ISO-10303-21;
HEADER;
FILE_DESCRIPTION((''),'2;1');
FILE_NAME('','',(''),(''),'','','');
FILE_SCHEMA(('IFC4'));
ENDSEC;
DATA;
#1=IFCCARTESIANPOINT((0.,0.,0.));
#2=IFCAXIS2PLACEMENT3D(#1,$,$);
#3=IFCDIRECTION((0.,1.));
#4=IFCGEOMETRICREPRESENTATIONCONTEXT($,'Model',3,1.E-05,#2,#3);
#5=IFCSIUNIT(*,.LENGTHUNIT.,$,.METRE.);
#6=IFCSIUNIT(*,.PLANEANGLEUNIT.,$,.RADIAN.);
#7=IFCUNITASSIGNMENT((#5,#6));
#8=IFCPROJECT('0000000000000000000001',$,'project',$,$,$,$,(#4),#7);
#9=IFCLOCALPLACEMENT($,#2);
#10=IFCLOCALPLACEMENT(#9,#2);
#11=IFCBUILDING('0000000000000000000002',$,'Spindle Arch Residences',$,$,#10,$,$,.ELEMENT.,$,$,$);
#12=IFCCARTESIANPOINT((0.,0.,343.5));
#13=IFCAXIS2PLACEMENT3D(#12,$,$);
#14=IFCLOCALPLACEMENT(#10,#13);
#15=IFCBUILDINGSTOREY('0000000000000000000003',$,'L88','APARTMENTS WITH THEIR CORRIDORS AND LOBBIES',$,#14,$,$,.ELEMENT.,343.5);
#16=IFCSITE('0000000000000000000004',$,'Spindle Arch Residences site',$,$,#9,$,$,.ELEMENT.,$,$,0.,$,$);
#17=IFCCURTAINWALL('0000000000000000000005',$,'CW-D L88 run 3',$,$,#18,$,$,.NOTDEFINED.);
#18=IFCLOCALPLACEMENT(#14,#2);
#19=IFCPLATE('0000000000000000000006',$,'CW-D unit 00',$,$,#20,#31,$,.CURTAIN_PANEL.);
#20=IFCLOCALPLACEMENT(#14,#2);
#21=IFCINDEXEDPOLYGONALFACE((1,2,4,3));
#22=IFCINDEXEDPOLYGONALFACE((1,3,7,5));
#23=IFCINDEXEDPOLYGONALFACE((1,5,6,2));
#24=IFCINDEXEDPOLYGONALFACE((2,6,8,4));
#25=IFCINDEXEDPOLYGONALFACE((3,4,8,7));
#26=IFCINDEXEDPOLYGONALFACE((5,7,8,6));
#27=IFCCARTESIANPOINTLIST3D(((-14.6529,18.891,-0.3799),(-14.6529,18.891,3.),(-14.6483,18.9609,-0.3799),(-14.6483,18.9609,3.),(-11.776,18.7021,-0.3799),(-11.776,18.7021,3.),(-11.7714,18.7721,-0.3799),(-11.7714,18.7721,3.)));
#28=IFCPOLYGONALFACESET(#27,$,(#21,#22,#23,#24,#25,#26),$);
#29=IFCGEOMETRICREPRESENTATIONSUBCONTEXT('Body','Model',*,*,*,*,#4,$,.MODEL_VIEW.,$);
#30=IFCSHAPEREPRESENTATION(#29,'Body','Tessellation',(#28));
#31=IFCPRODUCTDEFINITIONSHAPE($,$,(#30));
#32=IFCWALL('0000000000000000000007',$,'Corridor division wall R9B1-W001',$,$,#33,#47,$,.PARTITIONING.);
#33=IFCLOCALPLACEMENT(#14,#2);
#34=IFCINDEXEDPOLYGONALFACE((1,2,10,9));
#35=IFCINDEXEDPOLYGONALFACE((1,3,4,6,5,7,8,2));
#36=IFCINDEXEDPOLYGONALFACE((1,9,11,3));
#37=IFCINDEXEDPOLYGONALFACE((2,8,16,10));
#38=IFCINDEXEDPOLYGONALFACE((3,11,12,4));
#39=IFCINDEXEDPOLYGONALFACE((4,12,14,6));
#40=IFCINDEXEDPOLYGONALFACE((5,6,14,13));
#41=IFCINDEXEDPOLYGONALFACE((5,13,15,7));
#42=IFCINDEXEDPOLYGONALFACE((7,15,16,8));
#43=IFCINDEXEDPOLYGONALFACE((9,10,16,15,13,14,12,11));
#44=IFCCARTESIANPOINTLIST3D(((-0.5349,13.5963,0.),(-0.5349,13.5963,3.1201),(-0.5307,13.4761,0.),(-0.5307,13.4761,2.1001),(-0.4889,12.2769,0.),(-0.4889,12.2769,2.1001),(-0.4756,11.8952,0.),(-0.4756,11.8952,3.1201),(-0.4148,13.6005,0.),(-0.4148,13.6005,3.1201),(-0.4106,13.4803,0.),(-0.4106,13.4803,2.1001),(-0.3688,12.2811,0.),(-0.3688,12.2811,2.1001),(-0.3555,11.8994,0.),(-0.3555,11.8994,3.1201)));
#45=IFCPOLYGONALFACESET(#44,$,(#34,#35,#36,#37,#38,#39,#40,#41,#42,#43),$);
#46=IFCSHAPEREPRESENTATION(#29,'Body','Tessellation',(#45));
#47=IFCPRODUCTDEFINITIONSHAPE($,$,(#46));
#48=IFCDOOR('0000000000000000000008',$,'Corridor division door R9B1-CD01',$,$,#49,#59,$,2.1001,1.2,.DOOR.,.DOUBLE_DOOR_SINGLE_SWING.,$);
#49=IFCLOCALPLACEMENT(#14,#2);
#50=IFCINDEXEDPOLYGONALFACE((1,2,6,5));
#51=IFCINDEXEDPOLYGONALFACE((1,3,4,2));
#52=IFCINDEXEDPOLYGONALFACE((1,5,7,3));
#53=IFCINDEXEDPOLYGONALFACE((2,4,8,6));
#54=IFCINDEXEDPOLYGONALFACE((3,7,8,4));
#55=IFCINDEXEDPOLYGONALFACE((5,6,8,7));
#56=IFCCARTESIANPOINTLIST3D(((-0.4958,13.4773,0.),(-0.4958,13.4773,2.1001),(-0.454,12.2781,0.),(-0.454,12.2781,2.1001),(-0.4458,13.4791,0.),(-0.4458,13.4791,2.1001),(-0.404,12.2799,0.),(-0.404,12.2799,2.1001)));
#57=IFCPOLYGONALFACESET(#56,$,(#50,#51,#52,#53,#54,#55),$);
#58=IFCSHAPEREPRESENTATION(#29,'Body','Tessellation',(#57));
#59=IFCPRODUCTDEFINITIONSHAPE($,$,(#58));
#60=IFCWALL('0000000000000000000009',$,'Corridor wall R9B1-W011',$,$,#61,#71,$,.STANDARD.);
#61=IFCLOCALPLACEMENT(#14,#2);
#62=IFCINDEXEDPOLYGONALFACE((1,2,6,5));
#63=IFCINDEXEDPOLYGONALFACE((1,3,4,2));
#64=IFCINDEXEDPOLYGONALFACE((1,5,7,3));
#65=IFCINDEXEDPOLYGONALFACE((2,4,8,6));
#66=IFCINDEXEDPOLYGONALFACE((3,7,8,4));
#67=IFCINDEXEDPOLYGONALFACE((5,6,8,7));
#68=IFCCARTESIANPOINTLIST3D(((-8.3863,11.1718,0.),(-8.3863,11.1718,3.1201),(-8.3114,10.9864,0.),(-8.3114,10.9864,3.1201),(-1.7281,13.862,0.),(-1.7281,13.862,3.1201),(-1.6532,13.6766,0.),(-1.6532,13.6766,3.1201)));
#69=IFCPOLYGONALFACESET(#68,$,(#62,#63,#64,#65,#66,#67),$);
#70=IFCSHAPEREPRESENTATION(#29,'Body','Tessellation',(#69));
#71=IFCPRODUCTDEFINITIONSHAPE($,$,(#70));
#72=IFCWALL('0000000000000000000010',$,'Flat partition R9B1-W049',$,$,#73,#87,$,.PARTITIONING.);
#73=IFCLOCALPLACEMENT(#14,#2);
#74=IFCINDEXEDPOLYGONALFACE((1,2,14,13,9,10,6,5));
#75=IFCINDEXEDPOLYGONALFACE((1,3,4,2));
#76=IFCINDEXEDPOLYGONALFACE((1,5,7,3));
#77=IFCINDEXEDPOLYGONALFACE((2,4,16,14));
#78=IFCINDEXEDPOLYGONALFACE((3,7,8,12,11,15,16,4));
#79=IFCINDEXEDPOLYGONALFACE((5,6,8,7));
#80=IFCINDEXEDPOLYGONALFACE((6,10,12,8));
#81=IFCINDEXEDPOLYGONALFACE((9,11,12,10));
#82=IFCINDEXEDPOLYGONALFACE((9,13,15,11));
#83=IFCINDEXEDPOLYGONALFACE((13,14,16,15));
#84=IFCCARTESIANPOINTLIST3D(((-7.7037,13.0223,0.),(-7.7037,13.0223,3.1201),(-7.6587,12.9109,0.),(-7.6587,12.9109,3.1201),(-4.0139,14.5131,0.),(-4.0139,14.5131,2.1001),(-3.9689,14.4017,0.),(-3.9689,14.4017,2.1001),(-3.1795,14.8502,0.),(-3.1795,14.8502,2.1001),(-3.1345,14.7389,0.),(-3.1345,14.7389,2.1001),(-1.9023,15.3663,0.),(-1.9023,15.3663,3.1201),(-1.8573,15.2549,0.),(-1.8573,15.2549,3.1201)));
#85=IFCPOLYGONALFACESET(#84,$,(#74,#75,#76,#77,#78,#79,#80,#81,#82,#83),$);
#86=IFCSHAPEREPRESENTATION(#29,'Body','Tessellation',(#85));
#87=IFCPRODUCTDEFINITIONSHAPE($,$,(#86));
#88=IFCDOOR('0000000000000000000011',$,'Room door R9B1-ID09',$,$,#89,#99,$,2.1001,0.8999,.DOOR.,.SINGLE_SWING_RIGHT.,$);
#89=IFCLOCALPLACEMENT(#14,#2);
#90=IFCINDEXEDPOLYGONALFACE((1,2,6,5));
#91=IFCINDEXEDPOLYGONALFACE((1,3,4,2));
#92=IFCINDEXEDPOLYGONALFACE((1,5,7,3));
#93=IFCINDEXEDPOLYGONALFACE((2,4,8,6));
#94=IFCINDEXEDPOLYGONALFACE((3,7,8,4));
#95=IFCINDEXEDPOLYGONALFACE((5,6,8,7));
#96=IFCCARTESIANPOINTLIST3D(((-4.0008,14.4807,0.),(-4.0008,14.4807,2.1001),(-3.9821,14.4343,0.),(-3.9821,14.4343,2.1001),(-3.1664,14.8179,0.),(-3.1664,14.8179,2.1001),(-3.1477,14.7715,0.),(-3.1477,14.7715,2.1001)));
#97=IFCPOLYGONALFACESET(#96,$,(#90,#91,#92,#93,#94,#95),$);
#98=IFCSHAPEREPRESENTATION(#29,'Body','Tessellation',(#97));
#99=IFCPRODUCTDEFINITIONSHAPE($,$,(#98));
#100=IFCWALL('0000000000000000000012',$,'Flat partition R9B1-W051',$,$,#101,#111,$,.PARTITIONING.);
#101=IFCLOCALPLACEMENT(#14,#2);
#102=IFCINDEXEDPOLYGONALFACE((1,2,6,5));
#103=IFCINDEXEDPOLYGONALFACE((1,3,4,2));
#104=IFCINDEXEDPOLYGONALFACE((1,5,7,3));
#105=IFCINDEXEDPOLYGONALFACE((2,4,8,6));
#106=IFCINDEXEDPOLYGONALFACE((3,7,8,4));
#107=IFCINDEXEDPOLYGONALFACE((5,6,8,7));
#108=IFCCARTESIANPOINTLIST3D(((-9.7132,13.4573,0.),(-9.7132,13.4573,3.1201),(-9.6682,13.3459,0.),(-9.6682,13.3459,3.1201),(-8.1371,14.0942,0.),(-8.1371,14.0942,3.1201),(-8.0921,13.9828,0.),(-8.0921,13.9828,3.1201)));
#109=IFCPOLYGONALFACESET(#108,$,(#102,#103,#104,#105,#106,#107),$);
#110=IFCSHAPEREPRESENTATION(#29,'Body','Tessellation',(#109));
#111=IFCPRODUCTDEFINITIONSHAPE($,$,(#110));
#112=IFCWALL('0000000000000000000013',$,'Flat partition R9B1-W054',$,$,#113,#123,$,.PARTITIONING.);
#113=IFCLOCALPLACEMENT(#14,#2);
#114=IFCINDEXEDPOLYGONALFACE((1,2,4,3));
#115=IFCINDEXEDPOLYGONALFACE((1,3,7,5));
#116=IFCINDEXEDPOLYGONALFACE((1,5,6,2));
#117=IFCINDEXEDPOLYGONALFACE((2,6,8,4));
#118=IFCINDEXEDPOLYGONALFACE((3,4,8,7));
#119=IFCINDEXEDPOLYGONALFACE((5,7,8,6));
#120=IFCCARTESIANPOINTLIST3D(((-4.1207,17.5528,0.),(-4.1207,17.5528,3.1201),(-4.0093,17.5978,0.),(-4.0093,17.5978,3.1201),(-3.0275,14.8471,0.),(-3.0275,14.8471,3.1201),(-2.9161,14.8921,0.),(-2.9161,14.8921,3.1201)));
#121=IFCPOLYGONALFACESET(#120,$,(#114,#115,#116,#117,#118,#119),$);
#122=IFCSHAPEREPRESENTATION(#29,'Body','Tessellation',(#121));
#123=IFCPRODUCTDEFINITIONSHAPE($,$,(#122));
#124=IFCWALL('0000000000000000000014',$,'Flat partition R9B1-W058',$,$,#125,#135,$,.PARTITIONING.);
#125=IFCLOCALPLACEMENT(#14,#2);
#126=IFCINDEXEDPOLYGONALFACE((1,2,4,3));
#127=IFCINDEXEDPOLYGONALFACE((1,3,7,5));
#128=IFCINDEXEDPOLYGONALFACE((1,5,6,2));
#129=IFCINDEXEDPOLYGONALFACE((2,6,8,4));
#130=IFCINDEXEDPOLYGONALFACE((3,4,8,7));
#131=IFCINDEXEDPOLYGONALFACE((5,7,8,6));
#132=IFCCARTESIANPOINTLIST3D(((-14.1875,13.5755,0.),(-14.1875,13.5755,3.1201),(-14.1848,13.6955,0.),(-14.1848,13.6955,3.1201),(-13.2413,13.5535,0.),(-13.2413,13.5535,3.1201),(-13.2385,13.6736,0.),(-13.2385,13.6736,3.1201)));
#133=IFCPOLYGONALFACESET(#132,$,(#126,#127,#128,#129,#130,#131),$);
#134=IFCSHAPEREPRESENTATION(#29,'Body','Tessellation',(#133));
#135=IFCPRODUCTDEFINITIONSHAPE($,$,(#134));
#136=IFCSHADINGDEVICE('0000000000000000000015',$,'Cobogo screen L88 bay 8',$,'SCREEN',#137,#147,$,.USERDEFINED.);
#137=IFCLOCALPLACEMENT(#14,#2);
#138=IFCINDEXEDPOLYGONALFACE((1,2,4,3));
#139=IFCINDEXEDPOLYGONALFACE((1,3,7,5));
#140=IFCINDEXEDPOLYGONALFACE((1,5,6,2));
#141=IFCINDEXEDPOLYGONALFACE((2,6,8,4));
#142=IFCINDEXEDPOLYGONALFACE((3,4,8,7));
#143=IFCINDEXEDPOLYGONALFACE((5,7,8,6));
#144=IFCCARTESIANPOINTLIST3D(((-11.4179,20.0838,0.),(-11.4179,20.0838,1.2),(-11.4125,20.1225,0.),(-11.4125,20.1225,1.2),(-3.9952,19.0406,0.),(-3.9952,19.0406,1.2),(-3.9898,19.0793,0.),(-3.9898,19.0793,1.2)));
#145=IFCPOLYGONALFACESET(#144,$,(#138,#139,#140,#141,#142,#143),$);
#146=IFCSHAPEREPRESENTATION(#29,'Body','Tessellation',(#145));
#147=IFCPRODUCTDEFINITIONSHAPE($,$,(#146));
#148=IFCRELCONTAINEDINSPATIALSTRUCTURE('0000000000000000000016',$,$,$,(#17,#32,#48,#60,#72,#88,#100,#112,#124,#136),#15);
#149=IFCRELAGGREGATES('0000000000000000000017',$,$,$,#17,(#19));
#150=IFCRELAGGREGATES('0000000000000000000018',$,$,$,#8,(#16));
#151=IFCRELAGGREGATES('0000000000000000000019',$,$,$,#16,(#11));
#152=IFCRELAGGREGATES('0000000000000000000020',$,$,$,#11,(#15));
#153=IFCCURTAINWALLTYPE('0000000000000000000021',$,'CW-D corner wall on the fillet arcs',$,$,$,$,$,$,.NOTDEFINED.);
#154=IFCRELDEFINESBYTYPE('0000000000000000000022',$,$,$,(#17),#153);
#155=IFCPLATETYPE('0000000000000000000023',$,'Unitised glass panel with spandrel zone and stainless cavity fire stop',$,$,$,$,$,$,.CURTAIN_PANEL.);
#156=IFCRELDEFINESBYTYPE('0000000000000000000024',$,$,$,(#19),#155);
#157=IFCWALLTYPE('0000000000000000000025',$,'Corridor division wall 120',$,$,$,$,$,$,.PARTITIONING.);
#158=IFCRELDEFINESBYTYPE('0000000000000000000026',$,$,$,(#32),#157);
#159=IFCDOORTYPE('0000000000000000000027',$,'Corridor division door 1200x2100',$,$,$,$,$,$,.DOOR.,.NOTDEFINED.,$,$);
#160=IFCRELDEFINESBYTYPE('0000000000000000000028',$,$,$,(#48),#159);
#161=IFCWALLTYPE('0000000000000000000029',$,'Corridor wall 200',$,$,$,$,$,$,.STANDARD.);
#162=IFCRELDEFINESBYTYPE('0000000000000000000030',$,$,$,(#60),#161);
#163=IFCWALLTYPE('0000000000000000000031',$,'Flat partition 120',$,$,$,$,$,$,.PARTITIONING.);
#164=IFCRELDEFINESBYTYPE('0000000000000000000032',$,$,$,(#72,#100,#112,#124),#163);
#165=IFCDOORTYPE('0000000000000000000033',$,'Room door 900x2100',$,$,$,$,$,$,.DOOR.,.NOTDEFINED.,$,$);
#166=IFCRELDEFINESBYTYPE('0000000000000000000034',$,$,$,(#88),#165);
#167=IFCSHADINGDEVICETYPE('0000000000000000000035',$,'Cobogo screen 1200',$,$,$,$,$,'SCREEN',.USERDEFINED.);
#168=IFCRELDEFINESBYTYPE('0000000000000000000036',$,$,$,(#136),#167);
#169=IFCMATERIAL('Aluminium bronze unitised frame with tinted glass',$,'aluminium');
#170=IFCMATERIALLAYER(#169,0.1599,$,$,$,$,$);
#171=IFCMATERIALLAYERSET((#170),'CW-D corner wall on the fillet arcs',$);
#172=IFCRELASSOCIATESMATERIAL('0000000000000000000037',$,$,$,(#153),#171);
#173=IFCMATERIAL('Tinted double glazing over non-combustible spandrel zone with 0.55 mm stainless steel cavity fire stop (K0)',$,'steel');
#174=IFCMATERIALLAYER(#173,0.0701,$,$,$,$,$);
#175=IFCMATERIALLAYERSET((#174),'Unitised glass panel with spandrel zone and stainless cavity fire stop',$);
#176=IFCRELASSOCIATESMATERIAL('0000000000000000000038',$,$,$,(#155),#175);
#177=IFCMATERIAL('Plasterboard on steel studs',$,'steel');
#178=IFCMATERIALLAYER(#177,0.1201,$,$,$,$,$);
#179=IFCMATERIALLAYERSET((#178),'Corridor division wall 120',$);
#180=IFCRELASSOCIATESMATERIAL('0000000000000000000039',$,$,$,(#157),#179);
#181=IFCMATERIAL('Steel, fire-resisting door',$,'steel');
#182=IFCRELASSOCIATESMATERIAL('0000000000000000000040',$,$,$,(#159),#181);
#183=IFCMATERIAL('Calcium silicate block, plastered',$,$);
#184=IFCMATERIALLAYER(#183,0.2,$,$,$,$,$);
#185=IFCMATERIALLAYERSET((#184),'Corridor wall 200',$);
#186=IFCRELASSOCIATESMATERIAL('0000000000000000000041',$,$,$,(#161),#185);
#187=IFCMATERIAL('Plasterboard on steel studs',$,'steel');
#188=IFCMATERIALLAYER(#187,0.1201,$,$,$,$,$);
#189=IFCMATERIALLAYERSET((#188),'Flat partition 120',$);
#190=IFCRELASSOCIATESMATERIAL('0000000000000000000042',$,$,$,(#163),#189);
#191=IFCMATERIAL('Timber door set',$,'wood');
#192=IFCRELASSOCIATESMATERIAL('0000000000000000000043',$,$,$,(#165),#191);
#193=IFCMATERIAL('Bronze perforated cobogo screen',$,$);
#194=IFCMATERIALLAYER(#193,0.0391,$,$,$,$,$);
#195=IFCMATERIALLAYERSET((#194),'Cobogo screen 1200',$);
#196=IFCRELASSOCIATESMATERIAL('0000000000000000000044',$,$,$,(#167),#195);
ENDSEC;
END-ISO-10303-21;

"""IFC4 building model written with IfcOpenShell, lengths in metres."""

from ifc_helpers import new_model, si_unit, direction, frame, frame_2d, origin, origin_2d, place, context, subcontext, project, spatial, rectangle, extrude, material, layer, layer_set, type_object, element, fill, aggregate, save


model = new_model("IFC4")

# Units and contexts
model_context = context("Model", 3, precision=1e-05, world=origin(), true_north=direction((0.0, 1.0)))
body_context = subcontext(model_context, "Body", "Model", "MODEL_VIEW")
ifc_project = project(units=[si_unit("LENGTHUNIT", "METRE"), si_unit("PLANEANGLEUNIT", "RADIAN")], contexts=[model_context])

# Site, building, storey
site_placement = place(None, origin())
site = spatial("IfcSite", under=ifc_project, at=site_placement, Name="Spindle Arch Residences site", CompositionType="ELEMENT", RefElevation=0.0)
building_placement = place(site_placement, origin())
building = spatial("IfcBuilding", under=site, at=building_placement, Name="Spindle Arch Residences", CompositionType="ELEMENT")
storey_placement = place(building_placement, frame((0.0, 0.0, 343.5)))
storey = spatial("IfcBuildingStorey", under=building, at=storey_placement, Name="L88", Description="APARTMENTS WITH THEIR CORRIDORS AND LOBBIES", CompositionType="ELEMENT", Elevation=343.5)

# Curtain wall
ifc_material_1 = material(Name="Aluminium bronze unitised frame with tinted glass", Category="aluminium")
ifc_layer_1 = layer(ifc_material_1, 0.1599)
ifc_layer_set_1 = layer_set([ifc_layer_1], Name="CW-D corner wall on the fillet arcs")
curtain_wall_type_1 = type_object("IfcCurtainWallType", Name="CW-D corner wall on the fillet arcs", PredefinedType="NOTDEFINED", material=ifc_layer_set_1)
curtain_wall_1_placement = place(storey_placement, origin())
curtain_wall_1 = element("IfcCurtainWall", 1, at=curtain_wall_1_placement, inside=storey, type_object=curtain_wall_type_1, Name="CW-D L88 run 3", PredefinedType="NOTDEFINED")

# Plate
ifc_material_2 = material(Name="Tinted double glazing over non-combustible spandrel zone with 0.55 mm stainless steel cavity fire stop (K0)", Category="steel")
ifc_layer_2 = layer(ifc_material_2, 0.0701)
ifc_layer_set_2 = layer_set([ifc_layer_2], Name="Unitised glass panel with spandrel zone and stainless cavity fire stop")
plate_type = type_object("IfcPlateType", Name="Unitised glass panel with spandrel zone and stainless cavity fire stop", PredefinedType="CURTAIN_PANEL", material=ifc_layer_set_2)
plate_1_placement = place(storey_placement, frame((-13.2122, 18.8315, -0.3799), z_axis=(0.0, 0.0, 1.0), x_axis=(-0.997852, 0.06551, 0.0)))
plate_1 = element("IfcPlate", 2, at=plate_1_placement, type_object=plate_type, Name="CW-D unit 00", PredefinedType="CURTAIN_PANEL", context=body_context, shape_type="SweptSolid", body=[
    extrude(rectangle(XDim=2.8831, YDim=0.0701, at=origin_2d()), origin(), (0.0, 0.0, 1.0), 3.3799),
])
aggregate(curtain_wall_1, [plate_1])

# Wall, opening, door
ifc_material_3 = material(Name="Plasterboard on steel studs", Category="steel")
ifc_layer_3 = layer(ifc_material_3, 0.1201)
ifc_layer_set_3 = layer_set([ifc_layer_3], Name="Corridor division wall 120")
wall_type_1 = type_object("IfcWallType", Name="Corridor division wall 120", PredefinedType="PARTITIONING", material=ifc_layer_set_3)
wall_1_placement = place(storey_placement, frame((-0.4749, 13.5984, 0.0), z_axis=(0.0, 0.0, 1.0), x_axis=(0.034853, -0.999392, 0.0)))
wall_1 = element("IfcWall", 3, at=wall_1_placement, inside=storey, type_object=wall_type_1, Name="Corridor division wall R9B1-W001", PredefinedType="PARTITIONING", context=body_context, shape_type="SweptSolid", body=[
    extrude(rectangle(XDim=1.7021, YDim=0.1201, at=frame_2d((0.8511, 0.0))), origin(), (0.0, 0.0, 1.0), 3.1201),
])
opening_1_placement = place(wall_1_placement, frame((0.1201, 0.0, 0.0)))
opening_1 = element("IfcOpeningElement", 4, at=opening_1_placement, cuts=wall_1, PredefinedType="OPENING", context=body_context, shape_type="SweptSolid", body=[
    extrude(rectangle(XDim=1.2, YDim=2.1001, at=frame_2d((0.6001, 1.05))), frame((0.0, 0.0701, 0.0), z_axis=(0.0, -1.0, 0.0), x_axis=(1.0, 0.0, 0.0)), (0.0, 0.0, 1.0), 0.1401),
])
ifc_material_4 = material(Name="Steel, fire-resisting door", Category="steel")
door_type_1 = type_object("IfcDoorType", Name="Corridor division door 1200x2100", OperationType="NOTDEFINED", PredefinedType="DOOR", material=ifc_material_4)
door_1_placement = place(opening_1_placement, origin())
door_1 = element("IfcDoor", 5, at=door_1_placement, inside=storey, type_object=door_type_1, Name="Corridor division door R9B1-CD01", OperationType="DOUBLE_DOOR_SINGLE_SWING", OverallHeight=2.1001, OverallWidth=1.2, PredefinedType="DOOR", context=body_context, shape_type="SweptSolid", body=[
    extrude(rectangle(XDim=1.2, YDim=2.1001, at=frame_2d((0.6001, 1.05))), frame((0.0, 0.0249, 0.0), z_axis=(0.0, -1.0, 0.0), x_axis=(1.0, 0.0, 0.0)), (0.0, 0.0, 1.0), 0.05),
])
fill(opening_1, door_1)

# Wall
ifc_material_5 = material(Name="Calcium silicate block, plastered")
ifc_layer_4 = layer(ifc_material_5, 0.2)
ifc_layer_set_4 = layer_set([ifc_layer_4], Name="Corridor wall 200")
wall_type_2 = type_object("IfcWallType", Name="Corridor wall 200", PredefinedType="STANDARD", material=ifc_layer_set_4)
wall_2_placement = place(storey_placement, frame((-1.6907, 13.7693, 0.0), z_axis=(0.0, 0.0, 1.0), x_axis=(-0.927179, -0.374618, 0.0)))
element("IfcWall", 6, at=wall_2_placement, inside=storey, type_object=wall_type_2, Name="Corridor wall R9B1-W011", PredefinedType="STANDARD", context=body_context, shape_type="SweptSolid", body=[
    extrude(rectangle(XDim=7.1812, YDim=0.2, at=frame_2d((3.5906, 0.0))), origin(), (0.0, 0.0, 1.0), 3.1201),
])

# Wall, opening, door
ifc_material_6 = material(Name="Plasterboard on steel studs", Category="steel")
ifc_layer_5 = layer(ifc_material_6, 0.1201)
ifc_layer_set_5 = layer_set([ifc_layer_5], Name="Flat partition 120")
wall_type_3 = type_object("IfcWallType", Name="Flat partition 120", PredefinedType="PARTITIONING", material=ifc_layer_set_5)
wall_3_placement = place(storey_placement, frame((-1.8799, 15.3105, 0.0), z_axis=(0.0, 0.0, 1.0), x_axis=(-0.927182, -0.374611, 0.0)))
wall_3 = element("IfcWall", 7, at=wall_3_placement, inside=storey, type_object=wall_type_3, Name="Flat partition R9B1-W049", PredefinedType="PARTITIONING", context=body_context, shape_type="SweptSolid", body=[
    extrude(rectangle(XDim=6.2571, YDim=0.1201, at=frame_2d((3.1284, 0.0))), origin(), (0.0, 0.0, 1.0), 3.1201),
])
opening_2_placement = place(wall_3_placement, frame((1.3774, 0.0, 0.0)))
opening_2 = element("IfcOpeningElement", 8, at=opening_2_placement, cuts=wall_3, PredefinedType="OPENING", context=body_context, shape_type="SweptSolid", body=[
    extrude(rectangle(XDim=0.8999, YDim=2.1001, at=frame_2d((0.45, 1.05))), frame((0.0, 0.0701, 0.0), z_axis=(0.0, -1.0, 0.0), x_axis=(1.0, 0.0, 0.0)), (0.0, 0.0, 1.0), 0.1401),
])
ifc_material_7 = material(Name="Timber door set", Category="wood")
door_type_2 = type_object("IfcDoorType", Name="Room door 900x2100", OperationType="NOTDEFINED", PredefinedType="DOOR", material=ifc_material_7)
door_2_placement = place(opening_2_placement, origin())
door_2 = element("IfcDoor", 9, at=door_2_placement, inside=storey, type_object=door_type_2, Name="Room door R9B1-ID09", OperationType="SINGLE_SWING_RIGHT", OverallHeight=2.1001, OverallWidth=0.8999, PredefinedType="DOOR", context=body_context, shape_type="SweptSolid", body=[
    extrude(rectangle(XDim=0.8999, YDim=2.1001, at=frame_2d((0.45, 1.05))), frame((0.0, 0.0249, 0.0), z_axis=(0.0, -1.0, 0.0), x_axis=(1.0, 0.0, 0.0)), (0.0, 0.0, 1.0), 0.05),
])
fill(opening_2, door_2)

# Walls
wall_4_placement = place(storey_placement, frame((-8.1145, 14.0386, 0.0), z_axis=(0.0, 0.0, 1.0), x_axis=(-0.927154, -0.374681, 0.0)))
element("IfcWall", 10, at=wall_4_placement, inside=storey, type_object=wall_type_3, Name="Flat partition R9B1-W051", PredefinedType="PARTITIONING", context=body_context, shape_type="SweptSolid", body=[
    extrude(rectangle(XDim=1.7, YDim=0.1201, at=frame_2d((0.8501, 0.0))), origin(), (0.0, 0.0, 1.0), 3.1201),
])
wall_5_placement = place(storey_placement, frame((-4.0649, 17.5752, 0.0), z_axis=(0.0, 0.0, 1.0), x_axis=(0.374619, -0.927179, 0.0)))
element("IfcWall", 11, at=wall_5_placement, inside=storey, type_object=wall_type_3, Name="Flat partition R9B1-W054", PredefinedType="PARTITIONING", context=body_context, shape_type="SweptSolid", body=[
    extrude(rectangle(XDim=2.9182, YDim=0.1201, at=frame_2d((1.459, 0.0))), origin(), (0.0, 0.0, 1.0), 3.1201),
])
wall_6_placement = place(storey_placement, frame((-13.24, 13.6135, 0.0), z_axis=(0.0, 0.0, 1.0), x_axis=(-0.999731, 0.023214, 0.0)))
element("IfcWall", 12, at=wall_6_placement, inside=storey, type_object=wall_type_3, Name="Flat partition R9B1-W058", PredefinedType="PARTITIONING", context=body_context, shape_type="SweptSolid", body=[
    extrude(rectangle(XDim=0.9465, YDim=0.1201, at=frame_2d((0.4731, 0.0))), origin(), (0.0, 0.0, 1.0), 3.1201),
])

# Shading device
ifc_material_8 = material(Name="Bronze perforated cobogo screen")
ifc_layer_6 = layer(ifc_material_8, 0.0391)
ifc_layer_set_6 = layer_set([ifc_layer_6], Name="Cobogo screen 1200")
shading_device_type = type_object("IfcShadingDeviceType", Name="Cobogo screen 1200", ElementType="SCREEN", PredefinedType="USERDEFINED", material=ifc_layer_set_6)
shading_device_placement = place(storey_placement, frame((-7.7039, 19.5815, 0.0), z_axis=(0.0, 0.0, 1.0), x_axis=(-0.990268, 0.139173, 0.0)))
element("IfcShadingDevice", 13, at=shading_device_placement, inside=storey, type_object=shading_device_type, Name="Cobogo screen L88 bay 8", ObjectType="SCREEN", PredefinedType="USERDEFINED", context=body_context, shape_type="SweptSolid", body=[
    extrude(rectangle(XDim=7.4956, YDim=0.0391, at=origin_2d()), origin(), (0.0, 0.0, 1.0), 1.2),
])

save(model, "model.ifc")
